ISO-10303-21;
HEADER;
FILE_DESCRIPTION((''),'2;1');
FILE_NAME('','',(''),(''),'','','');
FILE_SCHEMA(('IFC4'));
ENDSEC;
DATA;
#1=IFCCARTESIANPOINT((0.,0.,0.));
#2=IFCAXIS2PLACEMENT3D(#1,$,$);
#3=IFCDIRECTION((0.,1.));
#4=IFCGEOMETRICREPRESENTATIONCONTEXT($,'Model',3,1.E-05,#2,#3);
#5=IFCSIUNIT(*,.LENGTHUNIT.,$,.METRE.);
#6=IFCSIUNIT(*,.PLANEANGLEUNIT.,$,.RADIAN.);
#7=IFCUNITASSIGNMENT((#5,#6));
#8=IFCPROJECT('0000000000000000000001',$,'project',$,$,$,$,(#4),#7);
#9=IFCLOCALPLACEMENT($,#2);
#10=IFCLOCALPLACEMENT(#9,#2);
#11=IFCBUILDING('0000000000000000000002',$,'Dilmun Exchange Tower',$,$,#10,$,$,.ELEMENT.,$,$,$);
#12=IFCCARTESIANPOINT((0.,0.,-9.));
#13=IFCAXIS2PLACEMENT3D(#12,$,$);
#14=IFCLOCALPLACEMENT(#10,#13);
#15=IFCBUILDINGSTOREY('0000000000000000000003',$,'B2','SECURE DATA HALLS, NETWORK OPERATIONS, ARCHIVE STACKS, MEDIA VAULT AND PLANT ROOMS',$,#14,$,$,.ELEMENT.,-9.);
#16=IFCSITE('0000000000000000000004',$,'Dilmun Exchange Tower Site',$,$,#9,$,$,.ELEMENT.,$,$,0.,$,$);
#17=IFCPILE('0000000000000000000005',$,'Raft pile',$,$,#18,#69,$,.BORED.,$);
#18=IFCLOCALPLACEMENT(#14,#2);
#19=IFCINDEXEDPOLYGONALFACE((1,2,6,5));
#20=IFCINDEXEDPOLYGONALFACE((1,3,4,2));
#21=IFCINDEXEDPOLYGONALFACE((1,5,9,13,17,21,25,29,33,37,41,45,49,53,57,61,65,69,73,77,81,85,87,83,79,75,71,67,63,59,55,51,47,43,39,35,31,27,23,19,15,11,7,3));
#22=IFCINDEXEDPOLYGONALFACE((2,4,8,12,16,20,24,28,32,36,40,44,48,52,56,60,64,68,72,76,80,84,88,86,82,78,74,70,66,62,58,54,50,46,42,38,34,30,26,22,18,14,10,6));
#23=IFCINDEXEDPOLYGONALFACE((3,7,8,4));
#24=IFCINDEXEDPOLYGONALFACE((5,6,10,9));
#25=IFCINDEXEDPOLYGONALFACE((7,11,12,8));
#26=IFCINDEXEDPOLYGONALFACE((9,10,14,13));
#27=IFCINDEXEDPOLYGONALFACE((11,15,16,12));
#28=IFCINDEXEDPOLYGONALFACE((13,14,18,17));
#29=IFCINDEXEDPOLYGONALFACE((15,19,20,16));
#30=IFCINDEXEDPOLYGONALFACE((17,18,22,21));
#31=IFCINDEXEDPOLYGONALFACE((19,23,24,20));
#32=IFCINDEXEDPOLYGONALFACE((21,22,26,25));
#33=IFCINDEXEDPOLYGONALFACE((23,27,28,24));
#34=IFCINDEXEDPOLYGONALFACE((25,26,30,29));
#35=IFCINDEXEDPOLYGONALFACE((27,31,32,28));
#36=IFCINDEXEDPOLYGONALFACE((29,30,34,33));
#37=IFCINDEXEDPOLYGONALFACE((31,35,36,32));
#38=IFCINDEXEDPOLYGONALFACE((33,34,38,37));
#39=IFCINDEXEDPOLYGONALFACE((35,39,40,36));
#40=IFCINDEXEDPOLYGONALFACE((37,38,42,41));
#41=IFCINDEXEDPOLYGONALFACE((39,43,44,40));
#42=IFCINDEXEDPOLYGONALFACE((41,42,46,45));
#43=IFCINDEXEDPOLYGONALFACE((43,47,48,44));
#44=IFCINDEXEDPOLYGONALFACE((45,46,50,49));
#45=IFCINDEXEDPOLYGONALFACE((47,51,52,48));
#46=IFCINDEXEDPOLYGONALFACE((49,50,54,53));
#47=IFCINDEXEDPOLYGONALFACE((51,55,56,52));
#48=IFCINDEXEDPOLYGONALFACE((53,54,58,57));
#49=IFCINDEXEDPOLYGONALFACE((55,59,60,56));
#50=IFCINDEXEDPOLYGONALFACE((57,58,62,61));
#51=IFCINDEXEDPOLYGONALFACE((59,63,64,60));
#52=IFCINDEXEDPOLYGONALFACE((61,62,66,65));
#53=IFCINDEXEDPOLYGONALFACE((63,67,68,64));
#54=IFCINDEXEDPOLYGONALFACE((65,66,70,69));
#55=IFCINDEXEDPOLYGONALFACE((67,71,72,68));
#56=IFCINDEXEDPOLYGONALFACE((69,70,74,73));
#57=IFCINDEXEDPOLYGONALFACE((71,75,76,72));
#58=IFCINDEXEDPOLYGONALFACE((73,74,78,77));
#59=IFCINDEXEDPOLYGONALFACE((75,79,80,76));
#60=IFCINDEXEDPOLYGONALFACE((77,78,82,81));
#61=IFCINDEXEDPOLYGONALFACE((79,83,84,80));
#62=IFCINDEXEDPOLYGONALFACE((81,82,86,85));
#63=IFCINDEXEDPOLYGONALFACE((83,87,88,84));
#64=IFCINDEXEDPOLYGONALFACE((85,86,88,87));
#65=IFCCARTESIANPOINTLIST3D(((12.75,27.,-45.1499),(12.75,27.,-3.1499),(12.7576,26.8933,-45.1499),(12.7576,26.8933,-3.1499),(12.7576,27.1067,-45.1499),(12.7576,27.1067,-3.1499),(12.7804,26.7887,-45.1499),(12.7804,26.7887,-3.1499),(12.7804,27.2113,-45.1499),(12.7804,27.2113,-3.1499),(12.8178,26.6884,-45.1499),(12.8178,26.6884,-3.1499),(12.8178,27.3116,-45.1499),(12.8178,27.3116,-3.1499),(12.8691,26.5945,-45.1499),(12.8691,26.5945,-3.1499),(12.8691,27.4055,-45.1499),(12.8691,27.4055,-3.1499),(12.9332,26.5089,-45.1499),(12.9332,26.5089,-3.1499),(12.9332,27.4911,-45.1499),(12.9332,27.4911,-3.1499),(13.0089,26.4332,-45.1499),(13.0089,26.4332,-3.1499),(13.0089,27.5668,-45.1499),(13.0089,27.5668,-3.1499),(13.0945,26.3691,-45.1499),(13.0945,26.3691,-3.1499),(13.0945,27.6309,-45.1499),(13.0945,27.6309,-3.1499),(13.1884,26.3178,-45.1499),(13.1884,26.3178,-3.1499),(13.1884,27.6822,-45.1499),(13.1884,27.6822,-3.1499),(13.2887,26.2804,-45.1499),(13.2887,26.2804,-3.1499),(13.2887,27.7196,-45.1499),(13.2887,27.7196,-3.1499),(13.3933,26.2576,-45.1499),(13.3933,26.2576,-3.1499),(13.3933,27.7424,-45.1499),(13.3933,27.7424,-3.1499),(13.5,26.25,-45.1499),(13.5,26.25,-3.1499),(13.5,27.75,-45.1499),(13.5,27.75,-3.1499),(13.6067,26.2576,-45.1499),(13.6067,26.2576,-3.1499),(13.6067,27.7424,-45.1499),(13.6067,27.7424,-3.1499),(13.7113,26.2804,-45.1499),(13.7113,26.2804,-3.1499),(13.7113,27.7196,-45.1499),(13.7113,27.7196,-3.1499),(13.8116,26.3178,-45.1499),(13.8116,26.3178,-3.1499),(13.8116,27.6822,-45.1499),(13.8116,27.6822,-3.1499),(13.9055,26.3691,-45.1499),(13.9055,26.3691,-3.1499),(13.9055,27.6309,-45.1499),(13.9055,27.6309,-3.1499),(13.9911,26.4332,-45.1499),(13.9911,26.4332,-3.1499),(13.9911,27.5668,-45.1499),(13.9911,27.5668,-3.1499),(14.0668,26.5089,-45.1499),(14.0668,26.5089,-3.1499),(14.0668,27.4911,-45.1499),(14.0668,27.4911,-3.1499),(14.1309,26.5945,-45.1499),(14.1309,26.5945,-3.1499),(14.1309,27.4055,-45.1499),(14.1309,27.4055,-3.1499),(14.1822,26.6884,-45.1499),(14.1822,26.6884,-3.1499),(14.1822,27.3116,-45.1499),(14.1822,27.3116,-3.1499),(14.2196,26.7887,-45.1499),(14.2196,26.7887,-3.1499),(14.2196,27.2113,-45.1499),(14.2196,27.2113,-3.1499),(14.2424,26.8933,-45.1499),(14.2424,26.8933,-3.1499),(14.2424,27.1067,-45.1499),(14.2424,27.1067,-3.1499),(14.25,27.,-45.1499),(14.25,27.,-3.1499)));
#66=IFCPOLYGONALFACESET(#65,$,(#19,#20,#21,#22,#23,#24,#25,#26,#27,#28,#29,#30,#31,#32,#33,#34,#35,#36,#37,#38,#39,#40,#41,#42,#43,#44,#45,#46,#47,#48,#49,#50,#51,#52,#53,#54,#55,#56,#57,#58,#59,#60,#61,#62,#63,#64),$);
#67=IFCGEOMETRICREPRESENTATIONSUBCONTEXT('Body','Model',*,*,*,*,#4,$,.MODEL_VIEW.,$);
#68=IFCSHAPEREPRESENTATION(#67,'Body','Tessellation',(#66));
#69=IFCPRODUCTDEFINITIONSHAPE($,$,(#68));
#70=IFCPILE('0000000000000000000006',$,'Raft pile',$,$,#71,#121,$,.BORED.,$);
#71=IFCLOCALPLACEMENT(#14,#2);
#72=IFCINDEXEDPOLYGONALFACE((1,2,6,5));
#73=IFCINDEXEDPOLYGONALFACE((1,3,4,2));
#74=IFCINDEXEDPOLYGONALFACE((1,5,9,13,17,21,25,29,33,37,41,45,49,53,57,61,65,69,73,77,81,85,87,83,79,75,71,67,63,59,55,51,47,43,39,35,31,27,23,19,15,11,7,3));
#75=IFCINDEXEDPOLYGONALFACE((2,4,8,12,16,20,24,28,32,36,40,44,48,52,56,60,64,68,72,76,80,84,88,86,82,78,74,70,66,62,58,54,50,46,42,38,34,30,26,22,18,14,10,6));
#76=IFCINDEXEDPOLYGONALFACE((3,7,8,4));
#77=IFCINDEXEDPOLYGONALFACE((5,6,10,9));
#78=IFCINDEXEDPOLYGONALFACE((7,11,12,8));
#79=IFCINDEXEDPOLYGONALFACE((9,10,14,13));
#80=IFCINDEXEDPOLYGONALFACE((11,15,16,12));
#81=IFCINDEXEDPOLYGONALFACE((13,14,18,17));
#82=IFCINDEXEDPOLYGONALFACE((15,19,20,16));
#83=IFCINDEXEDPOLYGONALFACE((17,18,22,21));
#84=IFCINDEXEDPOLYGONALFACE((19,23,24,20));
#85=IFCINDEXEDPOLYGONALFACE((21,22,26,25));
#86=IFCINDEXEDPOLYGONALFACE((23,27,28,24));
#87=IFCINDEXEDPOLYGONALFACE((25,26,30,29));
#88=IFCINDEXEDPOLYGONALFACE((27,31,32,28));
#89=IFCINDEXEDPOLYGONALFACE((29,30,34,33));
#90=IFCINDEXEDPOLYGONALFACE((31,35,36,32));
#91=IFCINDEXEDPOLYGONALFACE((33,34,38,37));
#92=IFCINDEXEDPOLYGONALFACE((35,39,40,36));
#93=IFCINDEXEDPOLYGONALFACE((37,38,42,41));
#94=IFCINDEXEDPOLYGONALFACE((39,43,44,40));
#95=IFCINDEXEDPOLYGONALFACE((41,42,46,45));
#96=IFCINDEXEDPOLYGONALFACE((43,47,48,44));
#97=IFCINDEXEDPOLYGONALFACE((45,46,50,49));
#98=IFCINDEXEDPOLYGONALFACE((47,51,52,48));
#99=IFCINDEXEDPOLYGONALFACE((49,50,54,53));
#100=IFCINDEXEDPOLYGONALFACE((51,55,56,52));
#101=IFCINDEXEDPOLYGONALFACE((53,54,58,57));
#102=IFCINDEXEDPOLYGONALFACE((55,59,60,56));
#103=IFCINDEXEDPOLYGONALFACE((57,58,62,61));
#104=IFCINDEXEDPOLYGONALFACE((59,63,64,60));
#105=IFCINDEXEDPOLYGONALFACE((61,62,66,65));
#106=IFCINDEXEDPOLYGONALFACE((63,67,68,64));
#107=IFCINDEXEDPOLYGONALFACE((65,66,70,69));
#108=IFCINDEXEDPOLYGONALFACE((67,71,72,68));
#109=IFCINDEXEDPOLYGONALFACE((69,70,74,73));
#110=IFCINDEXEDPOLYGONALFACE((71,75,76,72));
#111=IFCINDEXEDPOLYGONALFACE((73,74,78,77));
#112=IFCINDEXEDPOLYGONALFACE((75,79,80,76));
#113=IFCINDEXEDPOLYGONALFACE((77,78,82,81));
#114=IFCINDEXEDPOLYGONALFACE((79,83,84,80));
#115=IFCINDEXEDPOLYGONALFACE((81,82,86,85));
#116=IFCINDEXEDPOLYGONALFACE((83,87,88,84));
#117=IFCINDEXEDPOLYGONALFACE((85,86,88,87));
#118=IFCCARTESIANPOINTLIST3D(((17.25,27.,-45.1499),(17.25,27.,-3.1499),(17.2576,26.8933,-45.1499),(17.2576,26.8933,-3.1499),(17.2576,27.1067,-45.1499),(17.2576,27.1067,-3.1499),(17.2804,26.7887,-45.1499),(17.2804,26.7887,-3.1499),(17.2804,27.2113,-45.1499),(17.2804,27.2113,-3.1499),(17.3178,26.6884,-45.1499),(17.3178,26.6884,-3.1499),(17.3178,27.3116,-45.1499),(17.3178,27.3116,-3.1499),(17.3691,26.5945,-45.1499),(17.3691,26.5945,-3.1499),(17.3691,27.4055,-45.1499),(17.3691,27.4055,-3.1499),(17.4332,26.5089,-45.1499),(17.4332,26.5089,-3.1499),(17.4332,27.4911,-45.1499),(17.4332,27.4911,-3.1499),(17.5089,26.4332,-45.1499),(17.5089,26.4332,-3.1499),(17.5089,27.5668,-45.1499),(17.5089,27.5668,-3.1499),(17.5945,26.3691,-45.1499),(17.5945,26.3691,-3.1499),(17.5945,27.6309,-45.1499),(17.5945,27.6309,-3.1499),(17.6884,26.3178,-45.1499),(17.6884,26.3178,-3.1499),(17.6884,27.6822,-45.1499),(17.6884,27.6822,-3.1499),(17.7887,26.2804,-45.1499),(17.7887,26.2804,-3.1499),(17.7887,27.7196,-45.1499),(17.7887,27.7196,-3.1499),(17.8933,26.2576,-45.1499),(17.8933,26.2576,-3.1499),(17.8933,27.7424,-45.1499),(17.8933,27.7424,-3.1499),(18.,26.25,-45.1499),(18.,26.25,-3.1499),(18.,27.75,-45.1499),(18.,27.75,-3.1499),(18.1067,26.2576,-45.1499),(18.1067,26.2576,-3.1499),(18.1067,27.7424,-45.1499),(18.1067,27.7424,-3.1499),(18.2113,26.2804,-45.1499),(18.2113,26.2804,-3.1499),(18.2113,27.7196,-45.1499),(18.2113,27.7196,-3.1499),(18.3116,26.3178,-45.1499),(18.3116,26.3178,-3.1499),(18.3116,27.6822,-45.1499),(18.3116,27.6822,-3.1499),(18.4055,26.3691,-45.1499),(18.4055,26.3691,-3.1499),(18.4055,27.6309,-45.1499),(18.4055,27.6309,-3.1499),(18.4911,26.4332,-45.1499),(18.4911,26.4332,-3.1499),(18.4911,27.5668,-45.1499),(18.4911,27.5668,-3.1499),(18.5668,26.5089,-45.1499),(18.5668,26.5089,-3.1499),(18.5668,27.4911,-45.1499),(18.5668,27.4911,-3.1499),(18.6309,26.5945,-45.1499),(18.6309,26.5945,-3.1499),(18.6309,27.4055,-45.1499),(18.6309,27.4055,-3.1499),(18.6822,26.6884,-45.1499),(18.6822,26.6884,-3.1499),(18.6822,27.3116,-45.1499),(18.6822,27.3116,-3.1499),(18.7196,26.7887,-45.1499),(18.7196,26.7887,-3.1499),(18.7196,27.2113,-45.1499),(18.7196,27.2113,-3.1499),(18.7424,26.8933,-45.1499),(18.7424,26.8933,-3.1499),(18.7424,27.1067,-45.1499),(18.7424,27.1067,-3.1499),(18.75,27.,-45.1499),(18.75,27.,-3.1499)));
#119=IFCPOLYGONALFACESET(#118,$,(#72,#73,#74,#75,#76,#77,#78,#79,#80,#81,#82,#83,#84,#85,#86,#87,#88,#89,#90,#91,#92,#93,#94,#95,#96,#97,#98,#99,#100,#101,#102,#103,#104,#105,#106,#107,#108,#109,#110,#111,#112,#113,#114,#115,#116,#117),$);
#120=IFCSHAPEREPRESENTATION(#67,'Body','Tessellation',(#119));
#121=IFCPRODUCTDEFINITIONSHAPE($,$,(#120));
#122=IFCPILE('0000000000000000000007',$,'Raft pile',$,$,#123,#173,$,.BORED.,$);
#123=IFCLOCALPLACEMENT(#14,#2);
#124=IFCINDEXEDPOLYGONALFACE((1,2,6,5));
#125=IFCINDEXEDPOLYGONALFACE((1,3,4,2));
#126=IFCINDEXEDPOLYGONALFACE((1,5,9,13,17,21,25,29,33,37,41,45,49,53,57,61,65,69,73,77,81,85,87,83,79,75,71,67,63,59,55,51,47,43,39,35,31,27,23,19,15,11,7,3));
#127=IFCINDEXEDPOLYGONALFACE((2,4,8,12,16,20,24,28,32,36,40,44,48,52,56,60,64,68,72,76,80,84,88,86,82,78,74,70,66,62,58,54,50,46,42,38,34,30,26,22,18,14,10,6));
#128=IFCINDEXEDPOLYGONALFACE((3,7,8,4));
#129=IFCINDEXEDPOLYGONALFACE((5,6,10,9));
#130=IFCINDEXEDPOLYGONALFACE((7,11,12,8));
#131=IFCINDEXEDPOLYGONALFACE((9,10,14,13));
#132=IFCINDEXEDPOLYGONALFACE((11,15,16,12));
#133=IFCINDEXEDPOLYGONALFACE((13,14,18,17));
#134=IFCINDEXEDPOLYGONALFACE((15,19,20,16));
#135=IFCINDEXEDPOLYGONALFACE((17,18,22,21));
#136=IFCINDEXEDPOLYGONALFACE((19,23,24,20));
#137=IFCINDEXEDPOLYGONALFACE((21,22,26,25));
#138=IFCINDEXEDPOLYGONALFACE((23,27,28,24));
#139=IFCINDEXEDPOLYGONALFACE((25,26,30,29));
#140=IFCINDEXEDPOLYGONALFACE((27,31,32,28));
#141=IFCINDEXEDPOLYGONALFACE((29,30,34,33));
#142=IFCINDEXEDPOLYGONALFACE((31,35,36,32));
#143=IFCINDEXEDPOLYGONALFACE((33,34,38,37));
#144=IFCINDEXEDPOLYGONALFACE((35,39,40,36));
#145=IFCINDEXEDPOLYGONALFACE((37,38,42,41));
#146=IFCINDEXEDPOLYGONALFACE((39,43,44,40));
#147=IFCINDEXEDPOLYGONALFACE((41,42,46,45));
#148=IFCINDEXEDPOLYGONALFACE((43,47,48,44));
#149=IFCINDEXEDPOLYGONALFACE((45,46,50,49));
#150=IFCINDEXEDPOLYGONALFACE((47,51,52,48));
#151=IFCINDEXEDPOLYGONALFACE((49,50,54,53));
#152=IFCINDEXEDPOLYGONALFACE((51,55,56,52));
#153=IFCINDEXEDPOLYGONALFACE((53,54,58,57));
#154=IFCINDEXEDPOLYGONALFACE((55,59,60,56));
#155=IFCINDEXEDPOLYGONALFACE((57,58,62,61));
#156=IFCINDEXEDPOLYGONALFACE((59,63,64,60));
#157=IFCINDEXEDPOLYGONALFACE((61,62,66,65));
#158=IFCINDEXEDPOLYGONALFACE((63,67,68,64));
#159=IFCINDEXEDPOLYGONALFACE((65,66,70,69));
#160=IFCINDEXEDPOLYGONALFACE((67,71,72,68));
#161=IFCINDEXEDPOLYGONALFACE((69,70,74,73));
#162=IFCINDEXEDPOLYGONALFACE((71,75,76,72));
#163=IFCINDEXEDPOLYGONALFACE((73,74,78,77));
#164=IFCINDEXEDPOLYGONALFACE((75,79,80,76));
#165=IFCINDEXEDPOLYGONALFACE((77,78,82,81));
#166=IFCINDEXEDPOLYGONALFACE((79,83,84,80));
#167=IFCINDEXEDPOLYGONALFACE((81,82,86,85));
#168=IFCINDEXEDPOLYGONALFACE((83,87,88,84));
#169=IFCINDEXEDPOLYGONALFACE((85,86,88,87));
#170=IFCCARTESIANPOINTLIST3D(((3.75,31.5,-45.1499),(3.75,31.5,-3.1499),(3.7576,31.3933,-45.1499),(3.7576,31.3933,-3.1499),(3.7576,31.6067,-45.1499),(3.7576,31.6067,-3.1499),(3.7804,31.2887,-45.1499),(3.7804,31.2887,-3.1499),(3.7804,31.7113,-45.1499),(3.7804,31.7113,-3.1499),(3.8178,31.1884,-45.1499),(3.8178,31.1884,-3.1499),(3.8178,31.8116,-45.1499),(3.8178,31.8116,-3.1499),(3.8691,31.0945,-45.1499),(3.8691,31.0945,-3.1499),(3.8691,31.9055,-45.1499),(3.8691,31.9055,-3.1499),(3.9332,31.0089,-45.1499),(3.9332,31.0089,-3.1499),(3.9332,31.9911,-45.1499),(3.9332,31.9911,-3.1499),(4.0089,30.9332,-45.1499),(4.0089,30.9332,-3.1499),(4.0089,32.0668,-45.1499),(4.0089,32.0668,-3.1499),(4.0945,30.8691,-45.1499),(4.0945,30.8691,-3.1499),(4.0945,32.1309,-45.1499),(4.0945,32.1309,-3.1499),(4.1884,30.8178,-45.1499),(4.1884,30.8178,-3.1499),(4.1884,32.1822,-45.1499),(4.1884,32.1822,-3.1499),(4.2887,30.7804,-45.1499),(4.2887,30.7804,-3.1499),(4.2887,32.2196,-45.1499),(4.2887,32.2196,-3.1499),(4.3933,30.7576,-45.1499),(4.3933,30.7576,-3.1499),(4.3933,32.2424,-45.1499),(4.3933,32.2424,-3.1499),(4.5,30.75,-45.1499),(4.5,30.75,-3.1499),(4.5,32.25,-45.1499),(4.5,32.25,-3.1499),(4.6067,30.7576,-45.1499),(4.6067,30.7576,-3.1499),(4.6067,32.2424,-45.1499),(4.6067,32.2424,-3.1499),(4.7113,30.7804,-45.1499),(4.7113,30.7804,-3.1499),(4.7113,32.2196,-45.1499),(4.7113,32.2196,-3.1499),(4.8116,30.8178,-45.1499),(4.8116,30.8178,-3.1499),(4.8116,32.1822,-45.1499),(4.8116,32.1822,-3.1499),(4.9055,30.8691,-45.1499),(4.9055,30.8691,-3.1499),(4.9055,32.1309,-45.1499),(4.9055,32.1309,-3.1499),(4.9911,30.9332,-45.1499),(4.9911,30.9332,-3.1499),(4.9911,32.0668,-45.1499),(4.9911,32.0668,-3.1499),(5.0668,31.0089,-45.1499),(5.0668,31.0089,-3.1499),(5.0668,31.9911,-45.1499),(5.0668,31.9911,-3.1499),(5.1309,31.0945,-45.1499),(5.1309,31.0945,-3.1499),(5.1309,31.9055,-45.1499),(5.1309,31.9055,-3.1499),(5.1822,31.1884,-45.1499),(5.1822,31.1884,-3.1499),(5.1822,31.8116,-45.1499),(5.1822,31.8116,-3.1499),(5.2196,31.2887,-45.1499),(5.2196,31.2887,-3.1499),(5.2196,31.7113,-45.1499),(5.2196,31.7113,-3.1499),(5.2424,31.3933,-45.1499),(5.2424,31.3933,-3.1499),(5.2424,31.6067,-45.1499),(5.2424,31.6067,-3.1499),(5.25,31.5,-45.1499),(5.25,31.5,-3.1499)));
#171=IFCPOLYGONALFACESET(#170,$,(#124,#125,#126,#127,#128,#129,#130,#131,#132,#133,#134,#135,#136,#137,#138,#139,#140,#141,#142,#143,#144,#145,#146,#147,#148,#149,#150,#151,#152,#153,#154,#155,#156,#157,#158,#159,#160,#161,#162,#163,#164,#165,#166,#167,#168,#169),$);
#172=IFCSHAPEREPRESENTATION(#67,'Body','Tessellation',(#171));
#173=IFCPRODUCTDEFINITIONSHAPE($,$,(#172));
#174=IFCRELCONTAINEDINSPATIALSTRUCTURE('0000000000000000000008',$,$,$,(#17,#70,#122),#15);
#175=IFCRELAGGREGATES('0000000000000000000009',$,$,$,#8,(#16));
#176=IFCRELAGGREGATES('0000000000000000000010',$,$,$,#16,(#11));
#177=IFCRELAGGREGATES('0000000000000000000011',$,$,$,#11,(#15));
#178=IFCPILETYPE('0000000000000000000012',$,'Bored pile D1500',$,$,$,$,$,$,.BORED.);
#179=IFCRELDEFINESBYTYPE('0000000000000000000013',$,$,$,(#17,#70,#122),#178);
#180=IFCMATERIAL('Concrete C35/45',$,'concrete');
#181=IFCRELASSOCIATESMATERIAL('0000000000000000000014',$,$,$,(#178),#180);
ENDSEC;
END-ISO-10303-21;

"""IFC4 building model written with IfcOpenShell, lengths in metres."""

from ifc_helpers import new_model, si_unit, direction, frame, origin, origin_2d, place, context, subcontext, project, spatial, circle, extrude, material, material_profile, profile_set, type_object, element, save


model = new_model("IFC4")

# Units and contexts
model_context = context("Model", 3, precision=1e-05, world=origin(), true_north=direction((0.0, 1.0)))
body_context = subcontext(model_context, "Body", "Model", "MODEL_VIEW")
ifc_project = project(units=[si_unit("LENGTHUNIT", "METRE"), si_unit("PLANEANGLEUNIT", "RADIAN")], contexts=[model_context])

# Site, building, storey
site_placement = place(None, origin())
site = spatial("IfcSite", under=ifc_project, at=site_placement, Name="Dilmun Exchange Tower Site", CompositionType="ELEMENT", RefElevation=0.0)
building_placement = place(site_placement, origin())
building = spatial("IfcBuilding", under=site, at=building_placement, Name="Dilmun Exchange Tower", CompositionType="ELEMENT")
storey_placement = place(building_placement, frame((0.0, 0.0, -9.0)))
storey = spatial("IfcBuildingStorey", under=building, at=storey_placement, Name="B2", Description="SECURE DATA HALLS, NETWORK OPERATIONS, ARCHIVE STACKS, MEDIA VAULT AND PLANT ROOMS", CompositionType="ELEMENT", Elevation=-9.0)

# Piles
ifc_material_1 = material(Name="Concrete C35/45", Category="concrete")
ifc_material_profile_1 = material_profile(ifc_material_1, circle(Radius=0.75, at=origin_2d()), Name="D1500")
ifc_profile_set_1 = profile_set([ifc_material_profile_1], Name="Concrete C35/45")
pile_type = type_object("IfcPileType", Name="Bored pile D1500", PredefinedType="BORED", material=ifc_profile_set_1)
for number, where, z_axis, x_axis, name in (
    (1, (13.5, 27.0, -3.1499), (0.0, 0.0, -1.0), (1.0, 0.0, 0.0), "Raft pile"),
    (2, (18.0, 27.0, -3.1499), (0.0, 0.0, -1.0), (1.0, 0.0, 0.0), "Raft pile"),
    (3, (4.5, 31.5, -3.1499), (0.0, 0.0, -1.0), (1.0, 0.0, 0.0), "Raft pile"),
):
    element("IfcPile", number, at=place(storey_placement, frame(where, z_axis=z_axis, x_axis=x_axis)), inside=storey, type_object=pile_type, Name=name, PredefinedType="BORED", context=body_context, shape_type="SweptSolid", body=[
        extrude(circle(Radius=0.75, at=origin_2d()), origin(), (0.0, 0.0, 1.0), 42.0),
    ])

save(model, "model.ifc")
